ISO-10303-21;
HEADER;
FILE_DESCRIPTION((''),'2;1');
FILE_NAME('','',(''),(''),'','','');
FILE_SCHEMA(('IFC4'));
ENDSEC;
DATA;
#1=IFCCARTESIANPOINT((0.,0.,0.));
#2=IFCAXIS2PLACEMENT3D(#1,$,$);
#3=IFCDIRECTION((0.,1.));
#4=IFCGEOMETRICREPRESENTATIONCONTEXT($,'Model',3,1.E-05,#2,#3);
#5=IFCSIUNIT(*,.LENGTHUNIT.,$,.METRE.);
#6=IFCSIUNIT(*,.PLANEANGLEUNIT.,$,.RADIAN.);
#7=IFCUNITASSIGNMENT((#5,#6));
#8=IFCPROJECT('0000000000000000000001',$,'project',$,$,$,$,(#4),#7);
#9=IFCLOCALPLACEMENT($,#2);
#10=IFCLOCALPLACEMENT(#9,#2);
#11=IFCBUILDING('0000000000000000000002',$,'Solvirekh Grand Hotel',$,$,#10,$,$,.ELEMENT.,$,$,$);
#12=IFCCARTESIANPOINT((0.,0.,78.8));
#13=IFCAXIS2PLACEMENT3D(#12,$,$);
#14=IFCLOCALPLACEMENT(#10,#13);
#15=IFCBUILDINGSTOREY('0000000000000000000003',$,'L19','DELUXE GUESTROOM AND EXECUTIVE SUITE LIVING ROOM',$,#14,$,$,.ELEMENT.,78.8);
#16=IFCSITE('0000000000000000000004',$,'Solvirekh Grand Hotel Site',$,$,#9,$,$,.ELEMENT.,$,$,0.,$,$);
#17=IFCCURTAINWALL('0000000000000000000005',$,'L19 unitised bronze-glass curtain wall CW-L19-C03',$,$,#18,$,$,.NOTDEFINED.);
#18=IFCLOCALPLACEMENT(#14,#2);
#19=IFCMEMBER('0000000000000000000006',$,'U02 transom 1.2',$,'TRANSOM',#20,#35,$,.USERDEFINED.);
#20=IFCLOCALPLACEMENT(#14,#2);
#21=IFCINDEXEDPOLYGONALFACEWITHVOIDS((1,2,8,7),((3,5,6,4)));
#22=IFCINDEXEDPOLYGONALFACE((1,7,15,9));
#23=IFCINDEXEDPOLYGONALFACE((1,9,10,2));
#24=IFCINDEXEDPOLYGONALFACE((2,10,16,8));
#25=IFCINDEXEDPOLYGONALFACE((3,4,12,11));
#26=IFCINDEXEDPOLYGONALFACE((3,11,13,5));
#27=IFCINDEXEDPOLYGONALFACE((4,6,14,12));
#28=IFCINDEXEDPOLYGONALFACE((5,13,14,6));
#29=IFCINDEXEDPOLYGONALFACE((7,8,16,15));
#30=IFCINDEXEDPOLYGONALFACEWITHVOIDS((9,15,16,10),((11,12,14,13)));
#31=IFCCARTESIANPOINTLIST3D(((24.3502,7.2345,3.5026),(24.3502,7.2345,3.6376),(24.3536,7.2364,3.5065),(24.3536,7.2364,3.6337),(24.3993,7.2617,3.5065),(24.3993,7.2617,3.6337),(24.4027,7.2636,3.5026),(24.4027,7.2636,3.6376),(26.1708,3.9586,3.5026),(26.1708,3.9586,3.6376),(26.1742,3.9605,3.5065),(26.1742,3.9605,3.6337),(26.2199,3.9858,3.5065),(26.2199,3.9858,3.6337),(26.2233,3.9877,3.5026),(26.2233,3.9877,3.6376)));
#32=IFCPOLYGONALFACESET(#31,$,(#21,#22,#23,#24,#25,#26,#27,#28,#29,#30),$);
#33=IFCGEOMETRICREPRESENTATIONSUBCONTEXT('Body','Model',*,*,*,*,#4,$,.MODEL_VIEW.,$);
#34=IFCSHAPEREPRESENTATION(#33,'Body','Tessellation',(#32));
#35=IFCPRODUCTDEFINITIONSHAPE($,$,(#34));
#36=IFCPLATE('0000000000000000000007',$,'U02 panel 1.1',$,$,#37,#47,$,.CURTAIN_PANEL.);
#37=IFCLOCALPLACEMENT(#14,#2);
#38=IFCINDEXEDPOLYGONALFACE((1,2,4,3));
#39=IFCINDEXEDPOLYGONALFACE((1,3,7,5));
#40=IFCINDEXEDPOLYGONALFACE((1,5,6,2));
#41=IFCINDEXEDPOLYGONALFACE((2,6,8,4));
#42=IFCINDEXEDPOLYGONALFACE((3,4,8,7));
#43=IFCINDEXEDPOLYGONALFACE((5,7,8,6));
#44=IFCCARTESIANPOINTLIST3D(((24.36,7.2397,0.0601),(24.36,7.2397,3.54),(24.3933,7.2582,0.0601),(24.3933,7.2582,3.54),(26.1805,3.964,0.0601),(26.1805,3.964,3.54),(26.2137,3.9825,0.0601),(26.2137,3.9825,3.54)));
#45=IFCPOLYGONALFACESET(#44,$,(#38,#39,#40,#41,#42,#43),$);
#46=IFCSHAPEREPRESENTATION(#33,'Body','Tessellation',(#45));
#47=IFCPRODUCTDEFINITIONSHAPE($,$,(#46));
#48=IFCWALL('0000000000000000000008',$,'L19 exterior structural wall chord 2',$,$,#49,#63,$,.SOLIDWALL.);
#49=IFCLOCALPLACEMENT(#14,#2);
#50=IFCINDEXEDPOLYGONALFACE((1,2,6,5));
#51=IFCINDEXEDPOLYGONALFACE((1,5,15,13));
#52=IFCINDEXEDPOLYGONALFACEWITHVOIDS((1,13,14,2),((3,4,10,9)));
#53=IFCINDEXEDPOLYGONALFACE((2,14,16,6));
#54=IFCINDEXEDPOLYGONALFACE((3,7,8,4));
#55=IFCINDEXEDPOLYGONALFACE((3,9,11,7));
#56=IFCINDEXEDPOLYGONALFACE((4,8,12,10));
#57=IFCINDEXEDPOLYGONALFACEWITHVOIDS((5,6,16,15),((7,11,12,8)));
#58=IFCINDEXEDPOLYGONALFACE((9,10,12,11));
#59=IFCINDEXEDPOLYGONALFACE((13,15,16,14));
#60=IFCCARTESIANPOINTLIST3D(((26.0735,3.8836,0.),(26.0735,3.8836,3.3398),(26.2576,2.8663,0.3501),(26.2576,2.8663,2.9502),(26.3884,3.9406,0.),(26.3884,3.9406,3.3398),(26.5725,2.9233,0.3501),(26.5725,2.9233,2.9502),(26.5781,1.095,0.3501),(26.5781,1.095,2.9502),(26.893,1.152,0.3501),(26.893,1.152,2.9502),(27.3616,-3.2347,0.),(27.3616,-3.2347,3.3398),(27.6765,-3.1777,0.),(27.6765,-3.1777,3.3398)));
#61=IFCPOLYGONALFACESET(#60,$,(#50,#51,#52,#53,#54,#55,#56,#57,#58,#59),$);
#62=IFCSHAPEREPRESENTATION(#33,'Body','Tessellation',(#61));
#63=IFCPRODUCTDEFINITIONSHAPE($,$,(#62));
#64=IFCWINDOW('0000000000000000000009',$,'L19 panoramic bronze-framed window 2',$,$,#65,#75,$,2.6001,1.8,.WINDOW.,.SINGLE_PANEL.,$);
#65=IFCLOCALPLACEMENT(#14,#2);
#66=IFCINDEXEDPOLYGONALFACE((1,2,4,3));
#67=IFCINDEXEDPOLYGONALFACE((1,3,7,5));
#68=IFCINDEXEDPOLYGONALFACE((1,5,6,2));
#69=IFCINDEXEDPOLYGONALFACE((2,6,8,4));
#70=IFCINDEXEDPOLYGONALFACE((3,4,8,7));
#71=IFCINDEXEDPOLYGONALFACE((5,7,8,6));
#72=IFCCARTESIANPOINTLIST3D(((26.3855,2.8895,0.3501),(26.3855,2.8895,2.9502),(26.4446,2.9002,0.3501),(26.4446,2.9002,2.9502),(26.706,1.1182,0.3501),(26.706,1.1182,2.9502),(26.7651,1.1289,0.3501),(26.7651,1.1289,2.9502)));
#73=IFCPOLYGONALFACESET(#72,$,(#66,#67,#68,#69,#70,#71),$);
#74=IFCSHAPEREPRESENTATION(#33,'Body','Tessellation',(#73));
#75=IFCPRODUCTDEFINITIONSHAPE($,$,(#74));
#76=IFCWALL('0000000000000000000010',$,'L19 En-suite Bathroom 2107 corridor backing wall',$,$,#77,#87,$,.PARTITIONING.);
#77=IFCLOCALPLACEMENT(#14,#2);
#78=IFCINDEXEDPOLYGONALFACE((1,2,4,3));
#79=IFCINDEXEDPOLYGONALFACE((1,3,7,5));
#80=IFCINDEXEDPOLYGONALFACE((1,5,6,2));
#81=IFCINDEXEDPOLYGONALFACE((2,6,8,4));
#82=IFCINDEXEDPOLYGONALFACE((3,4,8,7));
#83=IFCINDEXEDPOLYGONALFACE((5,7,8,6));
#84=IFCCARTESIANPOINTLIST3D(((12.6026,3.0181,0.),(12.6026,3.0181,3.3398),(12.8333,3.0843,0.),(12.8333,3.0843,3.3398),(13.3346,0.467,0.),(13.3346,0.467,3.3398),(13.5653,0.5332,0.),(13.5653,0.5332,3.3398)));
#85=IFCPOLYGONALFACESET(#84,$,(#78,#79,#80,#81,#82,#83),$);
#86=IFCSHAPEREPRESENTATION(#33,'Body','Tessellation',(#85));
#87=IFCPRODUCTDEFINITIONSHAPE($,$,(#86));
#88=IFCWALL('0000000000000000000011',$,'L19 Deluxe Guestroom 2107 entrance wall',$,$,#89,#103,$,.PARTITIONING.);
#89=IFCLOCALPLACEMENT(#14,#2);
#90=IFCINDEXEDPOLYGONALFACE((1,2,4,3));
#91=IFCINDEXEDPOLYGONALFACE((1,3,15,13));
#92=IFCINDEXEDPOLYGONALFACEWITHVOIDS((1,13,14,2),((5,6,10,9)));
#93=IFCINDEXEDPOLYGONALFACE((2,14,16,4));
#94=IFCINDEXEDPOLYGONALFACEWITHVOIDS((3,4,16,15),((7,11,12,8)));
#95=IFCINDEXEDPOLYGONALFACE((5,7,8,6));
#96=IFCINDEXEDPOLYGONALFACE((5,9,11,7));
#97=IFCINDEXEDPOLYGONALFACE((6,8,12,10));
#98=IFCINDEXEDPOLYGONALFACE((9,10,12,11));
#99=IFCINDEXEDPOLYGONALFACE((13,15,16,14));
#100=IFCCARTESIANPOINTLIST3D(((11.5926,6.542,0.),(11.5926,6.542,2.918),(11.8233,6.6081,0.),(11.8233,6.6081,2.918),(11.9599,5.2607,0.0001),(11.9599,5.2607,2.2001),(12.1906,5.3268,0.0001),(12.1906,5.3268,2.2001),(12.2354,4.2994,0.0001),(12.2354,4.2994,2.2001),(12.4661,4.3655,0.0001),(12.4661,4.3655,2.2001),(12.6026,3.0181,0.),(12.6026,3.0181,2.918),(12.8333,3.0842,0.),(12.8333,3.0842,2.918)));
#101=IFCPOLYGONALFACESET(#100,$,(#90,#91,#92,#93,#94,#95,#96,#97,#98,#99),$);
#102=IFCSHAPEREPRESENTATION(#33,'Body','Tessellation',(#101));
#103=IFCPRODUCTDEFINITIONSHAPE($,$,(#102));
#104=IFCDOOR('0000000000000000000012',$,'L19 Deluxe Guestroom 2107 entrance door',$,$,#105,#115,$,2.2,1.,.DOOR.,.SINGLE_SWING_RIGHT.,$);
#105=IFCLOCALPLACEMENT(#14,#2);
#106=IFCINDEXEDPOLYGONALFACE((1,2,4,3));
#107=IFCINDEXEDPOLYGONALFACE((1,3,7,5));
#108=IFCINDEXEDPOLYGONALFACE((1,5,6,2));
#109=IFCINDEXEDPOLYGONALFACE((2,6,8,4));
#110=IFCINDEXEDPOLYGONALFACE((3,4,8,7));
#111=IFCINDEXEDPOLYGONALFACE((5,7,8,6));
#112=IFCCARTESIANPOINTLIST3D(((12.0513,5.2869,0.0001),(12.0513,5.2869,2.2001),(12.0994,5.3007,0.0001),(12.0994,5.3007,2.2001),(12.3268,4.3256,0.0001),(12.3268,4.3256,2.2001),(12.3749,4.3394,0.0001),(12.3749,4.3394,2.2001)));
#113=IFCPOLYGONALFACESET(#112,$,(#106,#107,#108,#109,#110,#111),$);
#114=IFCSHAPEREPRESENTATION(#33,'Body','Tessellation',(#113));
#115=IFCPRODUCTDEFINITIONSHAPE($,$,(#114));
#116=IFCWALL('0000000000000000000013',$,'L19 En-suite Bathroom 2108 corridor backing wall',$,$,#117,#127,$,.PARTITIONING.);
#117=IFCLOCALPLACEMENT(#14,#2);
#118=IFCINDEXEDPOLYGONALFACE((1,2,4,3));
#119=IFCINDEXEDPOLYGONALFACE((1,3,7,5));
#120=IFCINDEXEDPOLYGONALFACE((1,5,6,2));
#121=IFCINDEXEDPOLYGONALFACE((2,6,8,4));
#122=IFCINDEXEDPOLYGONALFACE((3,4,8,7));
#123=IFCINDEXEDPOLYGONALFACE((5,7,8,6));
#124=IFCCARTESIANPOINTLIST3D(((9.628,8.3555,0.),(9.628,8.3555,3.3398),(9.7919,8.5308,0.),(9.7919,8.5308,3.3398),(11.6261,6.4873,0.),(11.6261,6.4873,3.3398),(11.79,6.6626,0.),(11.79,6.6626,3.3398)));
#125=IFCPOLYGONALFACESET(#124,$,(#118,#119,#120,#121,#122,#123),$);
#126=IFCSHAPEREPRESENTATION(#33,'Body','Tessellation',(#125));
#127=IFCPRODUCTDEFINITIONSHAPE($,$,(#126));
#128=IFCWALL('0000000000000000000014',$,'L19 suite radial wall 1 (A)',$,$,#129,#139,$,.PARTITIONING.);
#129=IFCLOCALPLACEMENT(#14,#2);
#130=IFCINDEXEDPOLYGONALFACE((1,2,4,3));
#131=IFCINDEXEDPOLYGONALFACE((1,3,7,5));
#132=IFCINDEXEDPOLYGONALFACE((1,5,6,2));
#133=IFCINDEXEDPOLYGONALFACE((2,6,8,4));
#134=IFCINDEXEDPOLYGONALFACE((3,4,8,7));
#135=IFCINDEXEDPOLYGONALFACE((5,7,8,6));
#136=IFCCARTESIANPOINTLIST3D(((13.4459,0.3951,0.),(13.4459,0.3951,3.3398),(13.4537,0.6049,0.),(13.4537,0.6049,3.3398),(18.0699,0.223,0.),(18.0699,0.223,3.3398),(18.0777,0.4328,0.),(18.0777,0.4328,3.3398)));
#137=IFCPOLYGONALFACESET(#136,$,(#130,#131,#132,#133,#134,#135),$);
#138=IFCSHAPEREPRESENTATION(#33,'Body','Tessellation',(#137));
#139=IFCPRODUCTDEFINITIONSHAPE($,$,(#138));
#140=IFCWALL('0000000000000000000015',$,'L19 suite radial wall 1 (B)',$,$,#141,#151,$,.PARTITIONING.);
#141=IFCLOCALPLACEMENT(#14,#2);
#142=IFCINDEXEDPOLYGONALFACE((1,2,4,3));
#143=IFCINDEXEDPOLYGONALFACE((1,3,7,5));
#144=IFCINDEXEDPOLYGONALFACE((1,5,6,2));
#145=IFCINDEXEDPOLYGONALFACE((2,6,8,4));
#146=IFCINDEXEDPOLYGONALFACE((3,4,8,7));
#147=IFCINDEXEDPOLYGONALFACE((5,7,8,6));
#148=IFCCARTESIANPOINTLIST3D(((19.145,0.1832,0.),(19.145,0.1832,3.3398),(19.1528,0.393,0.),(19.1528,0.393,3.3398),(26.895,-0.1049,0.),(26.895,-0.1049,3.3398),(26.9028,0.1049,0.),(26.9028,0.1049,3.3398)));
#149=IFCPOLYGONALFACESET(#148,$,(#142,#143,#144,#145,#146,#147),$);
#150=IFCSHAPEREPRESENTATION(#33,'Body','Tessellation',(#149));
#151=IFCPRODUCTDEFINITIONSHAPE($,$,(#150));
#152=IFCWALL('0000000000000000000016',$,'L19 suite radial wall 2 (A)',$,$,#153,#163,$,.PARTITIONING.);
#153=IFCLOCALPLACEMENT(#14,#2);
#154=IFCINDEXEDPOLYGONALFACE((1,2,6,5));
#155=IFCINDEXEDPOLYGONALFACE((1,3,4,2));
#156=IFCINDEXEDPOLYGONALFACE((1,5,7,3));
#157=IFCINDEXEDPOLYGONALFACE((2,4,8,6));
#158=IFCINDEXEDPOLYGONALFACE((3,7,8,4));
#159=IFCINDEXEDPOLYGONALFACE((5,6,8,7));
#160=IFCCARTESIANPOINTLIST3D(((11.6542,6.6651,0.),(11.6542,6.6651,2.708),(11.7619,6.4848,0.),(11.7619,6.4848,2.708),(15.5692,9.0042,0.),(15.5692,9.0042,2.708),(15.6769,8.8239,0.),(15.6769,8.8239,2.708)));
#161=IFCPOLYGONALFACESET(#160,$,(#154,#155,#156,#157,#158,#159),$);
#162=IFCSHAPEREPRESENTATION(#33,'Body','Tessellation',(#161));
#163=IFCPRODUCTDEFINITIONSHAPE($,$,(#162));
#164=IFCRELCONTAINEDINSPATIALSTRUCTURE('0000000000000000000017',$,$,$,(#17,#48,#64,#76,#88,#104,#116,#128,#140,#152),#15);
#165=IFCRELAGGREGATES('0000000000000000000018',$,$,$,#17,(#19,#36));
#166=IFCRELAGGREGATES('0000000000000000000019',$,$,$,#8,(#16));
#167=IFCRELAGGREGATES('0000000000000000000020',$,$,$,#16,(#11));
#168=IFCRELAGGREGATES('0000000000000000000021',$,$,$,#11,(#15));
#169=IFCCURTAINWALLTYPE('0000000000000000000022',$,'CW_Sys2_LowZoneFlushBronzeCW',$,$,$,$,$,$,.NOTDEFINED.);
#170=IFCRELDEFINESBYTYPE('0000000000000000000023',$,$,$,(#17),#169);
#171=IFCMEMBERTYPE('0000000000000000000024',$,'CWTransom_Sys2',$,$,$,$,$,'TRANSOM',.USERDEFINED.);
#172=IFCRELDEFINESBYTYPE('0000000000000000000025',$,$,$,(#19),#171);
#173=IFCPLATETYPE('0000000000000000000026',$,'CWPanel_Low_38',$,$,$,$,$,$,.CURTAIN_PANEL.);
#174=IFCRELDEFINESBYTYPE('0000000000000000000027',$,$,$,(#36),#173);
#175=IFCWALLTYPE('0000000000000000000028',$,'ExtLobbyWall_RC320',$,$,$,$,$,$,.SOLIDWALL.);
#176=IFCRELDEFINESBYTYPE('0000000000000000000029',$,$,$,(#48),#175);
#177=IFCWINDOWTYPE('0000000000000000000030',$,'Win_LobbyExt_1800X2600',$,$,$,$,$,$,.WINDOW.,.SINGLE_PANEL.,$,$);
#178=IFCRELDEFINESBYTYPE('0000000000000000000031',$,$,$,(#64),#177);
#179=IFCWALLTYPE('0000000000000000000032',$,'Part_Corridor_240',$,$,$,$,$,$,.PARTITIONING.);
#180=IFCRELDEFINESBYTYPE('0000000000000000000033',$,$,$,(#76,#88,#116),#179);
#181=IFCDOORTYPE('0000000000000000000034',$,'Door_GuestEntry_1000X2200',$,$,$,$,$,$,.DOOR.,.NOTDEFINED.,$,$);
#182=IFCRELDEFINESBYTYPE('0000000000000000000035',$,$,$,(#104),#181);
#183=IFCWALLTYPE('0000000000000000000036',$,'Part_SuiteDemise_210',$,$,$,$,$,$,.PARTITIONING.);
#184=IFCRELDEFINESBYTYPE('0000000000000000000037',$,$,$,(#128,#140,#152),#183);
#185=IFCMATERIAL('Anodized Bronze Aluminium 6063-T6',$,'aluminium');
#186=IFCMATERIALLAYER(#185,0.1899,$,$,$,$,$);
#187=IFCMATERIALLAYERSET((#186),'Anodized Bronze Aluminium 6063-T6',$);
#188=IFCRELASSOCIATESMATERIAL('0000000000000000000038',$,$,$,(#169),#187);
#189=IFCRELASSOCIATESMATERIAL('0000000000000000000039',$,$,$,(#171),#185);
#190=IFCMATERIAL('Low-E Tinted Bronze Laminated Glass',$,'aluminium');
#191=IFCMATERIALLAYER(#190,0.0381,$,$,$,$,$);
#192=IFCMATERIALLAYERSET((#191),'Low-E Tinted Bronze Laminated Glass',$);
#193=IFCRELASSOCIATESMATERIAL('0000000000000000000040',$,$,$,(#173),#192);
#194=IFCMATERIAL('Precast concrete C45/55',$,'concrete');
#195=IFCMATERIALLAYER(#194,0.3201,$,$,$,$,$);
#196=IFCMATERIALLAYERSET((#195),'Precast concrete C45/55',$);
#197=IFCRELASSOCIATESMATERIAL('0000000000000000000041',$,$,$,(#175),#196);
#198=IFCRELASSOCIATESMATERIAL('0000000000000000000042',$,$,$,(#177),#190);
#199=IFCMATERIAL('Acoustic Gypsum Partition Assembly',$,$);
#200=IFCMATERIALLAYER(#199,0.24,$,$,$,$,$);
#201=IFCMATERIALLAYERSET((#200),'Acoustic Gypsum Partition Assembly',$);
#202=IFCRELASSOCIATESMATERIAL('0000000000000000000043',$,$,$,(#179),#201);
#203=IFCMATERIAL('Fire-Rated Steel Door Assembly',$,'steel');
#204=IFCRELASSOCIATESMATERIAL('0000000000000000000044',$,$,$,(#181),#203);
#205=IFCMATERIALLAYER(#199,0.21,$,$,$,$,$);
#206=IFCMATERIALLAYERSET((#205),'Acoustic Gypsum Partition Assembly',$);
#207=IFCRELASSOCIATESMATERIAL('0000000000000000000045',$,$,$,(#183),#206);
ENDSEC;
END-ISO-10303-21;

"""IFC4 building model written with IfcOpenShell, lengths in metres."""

from ifc_helpers import new_model, si_unit, direction, frame, frame_2d, origin, origin_2d, place, context, subcontext, project, spatial, rectangle, hollow_rectangle, extrude, source, transform, mapped, material, layer, layer_set, material_profile, profile_set, type_object, element, fill, aggregate, save


model = new_model("IFC4")

# Units and contexts
model_context = context("Model", 3, precision=1e-05, world=origin(), true_north=direction((0.0, 1.0)))
body_context = subcontext(model_context, "Body", "Model", "MODEL_VIEW")
ifc_project = project(units=[si_unit("LENGTHUNIT", "METRE"), si_unit("PLANEANGLEUNIT", "RADIAN")], contexts=[model_context])

# Site, building, storey
site_placement = place(None, origin())
site = spatial("IfcSite", under=ifc_project, at=site_placement, Name="Solvirekh Grand Hotel Site", CompositionType="ELEMENT", RefElevation=0.0)
building_placement = place(site_placement, origin())
building = spatial("IfcBuilding", under=site, at=building_placement, Name="Solvirekh Grand Hotel", CompositionType="ELEMENT")
storey_placement = place(building_placement, frame((0.0, 0.0, 78.8)))
storey = spatial("IfcBuildingStorey", under=building, at=storey_placement, Name="L19", Description="DELUXE GUESTROOM AND EXECUTIVE SUITE LIVING ROOM", CompositionType="ELEMENT", Elevation=78.8)

# Curtain wall, member, plate
ifc_material_1 = material(Name="Anodized Bronze Aluminium 6063-T6", Category="aluminium")
ifc_layer_1 = layer(ifc_material_1, 0.1899)
ifc_layer_set_1 = layer_set([ifc_layer_1], Name="Anodized Bronze Aluminium 6063-T6")
curtain_wall_type = type_object("IfcCurtainWallType", Name="CW_Sys2_LowZoneFlushBronzeCW", PredefinedType="NOTDEFINED", material=ifc_layer_set_1)
curtain_wall_placement = place(storey_placement, origin())
curtain_wall = element("IfcCurtainWall", 1, at=curtain_wall_placement, inside=storey, type_object=curtain_wall_type, Name="L19 unitised bronze-glass curtain wall CW-L19-C03", PredefinedType="NOTDEFINED")
ifc_material_profile_1 = material_profile(ifc_material_1, hollow_rectangle(XDim=0.0601, YDim=0.135, WallThickness=0.0039, at=origin_2d()), Name="ALU RHS 135X60X4")
ifc_profile_set_1 = profile_set([ifc_material_profile_1], Name="Anodized Bronze Aluminium 6063-T6")
member_type_1 = type_object("IfcMemberType", Name="CWTransom_Sys2", ElementType="TRANSOM", PredefinedType="USERDEFINED", material=ifc_profile_set_1)
shared_shape_1 = source(origin(), body_context, "Body", "SweptSolid", [
    extrude(hollow_rectangle(XDim=0.0601, YDim=0.135, WallThickness=0.0039, at=origin_2d()), origin(), (0.0, 0.0, 1.0), 3.7478),
])
member_1_placement = place(storey_placement, frame((26.197, 3.9731, 3.5701), z_axis=(-0.48577, 0.874087, 0.0), x_axis=(-0.874087, -0.48577, 0.0)))
member_1 = element("IfcMember", 2, at=member_1_placement, type_object=member_type_1, Name="U02 transom 1.2", ObjectType="TRANSOM", PredefinedType="USERDEFINED", context=body_context, shape_type="MappedRepresentation", body=[
    mapped(shared_shape_1, transform((0.0, 0.0, 0.0), x_axis=(1.0, 0.0, 0.0), y_axis=(0.0, 1.0, 0.0), z_axis=(0.0, 0.0, 1.0), scale=1.0)),
])
ifc_material_2 = material(Name="Low-E Tinted Bronze Laminated Glass", Category="aluminium")
ifc_layer_2 = layer(ifc_material_2, 0.0381)
ifc_layer_set_2 = layer_set([ifc_layer_2], Name="Low-E Tinted Bronze Laminated Glass")
plate_type = type_object("IfcPlateType", Name="CWPanel_Low_38", PredefinedType="CURTAIN_PANEL", material=ifc_layer_set_2)
shared_shape_2 = source(origin(), body_context, "Body", "SweptSolid", [
    extrude(rectangle(XDim=3.7476, YDim=0.0381, at=origin_2d()), origin(), (0.0, 0.0, 1.0), 3.48),
])
plate_placement = place(storey_placement, frame((25.2869, 5.6111, 0.0601), z_axis=(0.0, 0.0, 1.0), x_axis=(-0.485775, 0.874084, 0.0)))
plate = element("IfcPlate", 3, at=plate_placement, type_object=plate_type, Name="U02 panel 1.1", PredefinedType="CURTAIN_PANEL", context=body_context, shape_type="MappedRepresentation", body=[
    mapped(shared_shape_2, transform((0.0, 0.0, 0.0), x_axis=(1.0, 0.0, 0.0), y_axis=(0.0, 1.0, 0.0), z_axis=(0.0, 0.0, 1.0), scale=1.0)),
])
aggregate(curtain_wall, [member_1, plate])

# Wall, opening, window
ifc_material_3 = material(Name="Precast concrete C45/55", Category="concrete")
ifc_layer_3 = layer(ifc_material_3, 0.3201)
ifc_layer_set_3 = layer_set([ifc_layer_3], Name="Precast concrete C45/55")
wall_type_1 = type_object("IfcWallType", Name="ExtLobbyWall_RC320", PredefinedType="SOLIDWALL", material=ifc_layer_set_3)
wall_1_placement = place(storey_placement, frame((26.231, 3.9121, 0.0), z_axis=(0.0, 0.0, 1.0), x_axis=(0.178066, -0.984019, 0.0)))
wall_1 = element("IfcWall", 4, at=wall_1_placement, inside=storey, type_object=wall_type_1, Name="L19 exterior structural wall chord 2", PredefinedType="SOLIDWALL", context=body_context, shape_type="SweptSolid", body=[
    extrude(rectangle(XDim=7.2339, YDim=0.3201, at=frame_2d((3.6169, 0.0))), origin(), (0.0, 0.0, 1.0), 3.3398),
])
opening_1_placement = place(wall_1_placement, frame((1.0339, 0.0, 0.3501)))
opening_1 = element("IfcOpeningElement", 5, at=opening_1_placement, cuts=wall_1, PredefinedType="OPENING", context=body_context, shape_type="SweptSolid", body=[
    extrude(rectangle(XDim=1.8, YDim=2.6001, at=frame_2d((0.8999, 1.3))), frame((0.0, 0.1699, 0.0), z_axis=(0.0, -1.0, 0.0), x_axis=(1.0, 0.0, 0.0)), (0.0, 0.0, 1.0), 0.3401),
])
window_type = type_object("IfcWindowType", Name="Win_LobbyExt_1800X2600", PartitioningType="SINGLE_PANEL", PredefinedType="WINDOW", material=ifc_material_2)
window_placement = place(opening_1_placement, origin())
window = element("IfcWindow", 6, at=window_placement, inside=storey, type_object=window_type, Name="L19 panoramic bronze-framed window 2", OverallHeight=2.6001, OverallWidth=1.8, PartitioningType="SINGLE_PANEL", PredefinedType="WINDOW", context=body_context, shape_type="SweptSolid", body=[
    extrude(rectangle(XDim=1.8, YDim=2.6001, at=frame_2d((0.8999, 1.3))), frame((0.0, 0.03, 0.0), z_axis=(0.0, -1.0, 0.0), x_axis=(1.0, 0.0, 0.0)), (0.0, 0.0, 1.0), 0.0601),
])
fill(opening_1, window)

# Wall
ifc_material_4 = material(Name="Acoustic Gypsum Partition Assembly")
ifc_layer_4 = layer(ifc_material_4, 0.24)
ifc_layer_set_4 = layer_set([ifc_layer_4], Name="Acoustic Gypsum Partition Assembly")
wall_type_2 = type_object("IfcWallType", Name="Part_Corridor_240", PredefinedType="PARTITIONING", material=ifc_layer_set_4)
wall_2_placement = place(storey_placement, frame((13.45, 0.5, 0.0), z_axis=(0.0, 0.0, 1.0), x_axis=(-0.27579, 0.961218, 0.0)))
element("IfcWall", 7, at=wall_2_placement, inside=storey, type_object=wall_type_2, Name="L19 En-suite Bathroom 2107 corridor backing wall", PredefinedType="PARTITIONING", context=body_context, shape_type="SweptSolid", body=[
    extrude(rectangle(XDim=2.6541, YDim=0.24, at=frame_2d((1.3271, 0.0))), origin(), (0.0, 0.0, 1.0), 3.3398),
])

# Wall, opening, door
wall_3_placement = place(storey_placement, frame((12.718, 3.051, 0.0), z_axis=(0.0, 0.0, 1.0), x_axis=(-0.275521, 0.961295, 0.0)))
wall_3 = element("IfcWall", 8, at=wall_3_placement, inside=storey, type_object=wall_type_2, Name="L19 Deluxe Guestroom 2107 entrance wall", PredefinedType="PARTITIONING", context=body_context, shape_type="SweptSolid", body=[
    extrude(rectangle(XDim=3.6658, YDim=0.24, at=frame_2d((1.833, 0.0))), origin(), (0.0, 0.0, 1.0), 2.918),
])
opening_2_placement = place(wall_3_placement, frame((1.333, 0.0, 0.0)))
opening_2 = element("IfcOpeningElement", 9, at=opening_2_placement, cuts=wall_3, PredefinedType="OPENING", context=body_context, shape_type="SweptSolid", body=[
    extrude(rectangle(XDim=1.0, YDim=2.2, at=frame_2d((0.5, 1.1001))), frame((0.0, 0.1299, 0.0), z_axis=(0.0, -1.0, 0.0), x_axis=(1.0, 0.0, 0.0)), (0.0, 0.0, 1.0), 0.26),
])
ifc_material_5 = material(Name="Fire-Rated Steel Door Assembly", Category="steel")
door_type_1 = type_object("IfcDoorType", Name="Door_GuestEntry_1000X2200", OperationType="NOTDEFINED", PredefinedType="DOOR", material=ifc_material_5)
door_1_placement = place(opening_2_placement, origin())
door_1 = element("IfcDoor", 10, at=door_1_placement, inside=storey, type_object=door_type_1, Name="L19 Deluxe Guestroom 2107 entrance door", OperationType="SINGLE_SWING_RIGHT", OverallHeight=2.2, OverallWidth=1.0, PredefinedType="DOOR", context=body_context, shape_type="SweptSolid", body=[
    extrude(rectangle(XDim=1.0, YDim=2.2, at=frame_2d((0.5, 1.1001))), frame((0.0, 0.0249, 0.0), z_axis=(0.0, -1.0, 0.0), x_axis=(1.0, 0.0, 0.0)), (0.0, 0.0, 1.0), 0.05),
])
fill(opening_2, door_1)

# Walls
wall_4_placement = place(storey_placement, frame((11.708, 6.575, 0.0), z_axis=(0.0, 0.0, 1.0), x_axis=(-0.730449, 0.682967, 0.0)))
element("IfcWall", 11, at=wall_4_placement, inside=storey, type_object=wall_type_2, Name="L19 En-suite Bathroom 2108 corridor backing wall", PredefinedType="PARTITIONING", context=body_context, shape_type="SweptSolid", body=[
    extrude(rectangle(XDim=2.7354, YDim=0.24, at=frame_2d((1.3677, 0.0))), origin(), (0.0, 0.0, 1.0), 3.3398),
])
ifc_layer_5 = layer(ifc_material_4, 0.21)
ifc_layer_set_5 = layer_set([ifc_layer_5], Name="Acoustic Gypsum Partition Assembly")
wall_type_3 = type_object("IfcWallType", Name="Part_SuiteDemise_210", PredefinedType="PARTITIONING", material=ifc_layer_set_5)
wall_5_placement = place(storey_placement, frame((13.45, 0.5, 0.0), z_axis=(0.0, 0.0, 1.0), x_axis=(0.999308, -0.037197, 0.0)))
element("IfcWall", 12, at=wall_5_placement, inside=storey, type_object=wall_type_3, Name="L19 suite radial wall 1 (A)", PredefinedType="PARTITIONING", context=body_context, shape_type="SweptSolid", body=[
    extrude(rectangle(XDim=4.6272, YDim=0.21, at=frame_2d((2.3135, 0.0))), origin(), (0.0, 0.0, 1.0), 3.3398),
])
wall_6_placement = place(storey_placement, frame((19.1489, 0.2881, 0.0), z_axis=(0.0, 0.0, 1.0), x_axis=(0.99931, -0.037147, 0.0)))
element("IfcWall", 13, at=wall_6_placement, inside=storey, type_object=wall_type_3, Name="L19 suite radial wall 1 (B)", PredefinedType="PARTITIONING", context=body_context, shape_type="SweptSolid", body=[
    extrude(rectangle(XDim=7.7554, YDim=0.21, at=frame_2d((3.8777, 0.0))), origin(), (0.0, 0.0, 1.0), 3.3398),
])
wall_7_placement = place(storey_placement, frame((11.708, 6.575, 0.0), z_axis=(0.0, 0.0, 1.0), x_axis=(0.85845, 0.512897, 0.0)))
element("IfcWall", 14, at=wall_7_placement, inside=storey, type_object=wall_type_3, Name="L19 suite radial wall 2 (A)", PredefinedType="PARTITIONING", context=body_context, shape_type="SweptSolid", body=[
    extrude(rectangle(XDim=4.5605, YDim=0.21, at=frame_2d((2.2803, 0.0))), origin(), (0.0, 0.0, 1.0), 2.708),
])

save(model, "model.ifc")
